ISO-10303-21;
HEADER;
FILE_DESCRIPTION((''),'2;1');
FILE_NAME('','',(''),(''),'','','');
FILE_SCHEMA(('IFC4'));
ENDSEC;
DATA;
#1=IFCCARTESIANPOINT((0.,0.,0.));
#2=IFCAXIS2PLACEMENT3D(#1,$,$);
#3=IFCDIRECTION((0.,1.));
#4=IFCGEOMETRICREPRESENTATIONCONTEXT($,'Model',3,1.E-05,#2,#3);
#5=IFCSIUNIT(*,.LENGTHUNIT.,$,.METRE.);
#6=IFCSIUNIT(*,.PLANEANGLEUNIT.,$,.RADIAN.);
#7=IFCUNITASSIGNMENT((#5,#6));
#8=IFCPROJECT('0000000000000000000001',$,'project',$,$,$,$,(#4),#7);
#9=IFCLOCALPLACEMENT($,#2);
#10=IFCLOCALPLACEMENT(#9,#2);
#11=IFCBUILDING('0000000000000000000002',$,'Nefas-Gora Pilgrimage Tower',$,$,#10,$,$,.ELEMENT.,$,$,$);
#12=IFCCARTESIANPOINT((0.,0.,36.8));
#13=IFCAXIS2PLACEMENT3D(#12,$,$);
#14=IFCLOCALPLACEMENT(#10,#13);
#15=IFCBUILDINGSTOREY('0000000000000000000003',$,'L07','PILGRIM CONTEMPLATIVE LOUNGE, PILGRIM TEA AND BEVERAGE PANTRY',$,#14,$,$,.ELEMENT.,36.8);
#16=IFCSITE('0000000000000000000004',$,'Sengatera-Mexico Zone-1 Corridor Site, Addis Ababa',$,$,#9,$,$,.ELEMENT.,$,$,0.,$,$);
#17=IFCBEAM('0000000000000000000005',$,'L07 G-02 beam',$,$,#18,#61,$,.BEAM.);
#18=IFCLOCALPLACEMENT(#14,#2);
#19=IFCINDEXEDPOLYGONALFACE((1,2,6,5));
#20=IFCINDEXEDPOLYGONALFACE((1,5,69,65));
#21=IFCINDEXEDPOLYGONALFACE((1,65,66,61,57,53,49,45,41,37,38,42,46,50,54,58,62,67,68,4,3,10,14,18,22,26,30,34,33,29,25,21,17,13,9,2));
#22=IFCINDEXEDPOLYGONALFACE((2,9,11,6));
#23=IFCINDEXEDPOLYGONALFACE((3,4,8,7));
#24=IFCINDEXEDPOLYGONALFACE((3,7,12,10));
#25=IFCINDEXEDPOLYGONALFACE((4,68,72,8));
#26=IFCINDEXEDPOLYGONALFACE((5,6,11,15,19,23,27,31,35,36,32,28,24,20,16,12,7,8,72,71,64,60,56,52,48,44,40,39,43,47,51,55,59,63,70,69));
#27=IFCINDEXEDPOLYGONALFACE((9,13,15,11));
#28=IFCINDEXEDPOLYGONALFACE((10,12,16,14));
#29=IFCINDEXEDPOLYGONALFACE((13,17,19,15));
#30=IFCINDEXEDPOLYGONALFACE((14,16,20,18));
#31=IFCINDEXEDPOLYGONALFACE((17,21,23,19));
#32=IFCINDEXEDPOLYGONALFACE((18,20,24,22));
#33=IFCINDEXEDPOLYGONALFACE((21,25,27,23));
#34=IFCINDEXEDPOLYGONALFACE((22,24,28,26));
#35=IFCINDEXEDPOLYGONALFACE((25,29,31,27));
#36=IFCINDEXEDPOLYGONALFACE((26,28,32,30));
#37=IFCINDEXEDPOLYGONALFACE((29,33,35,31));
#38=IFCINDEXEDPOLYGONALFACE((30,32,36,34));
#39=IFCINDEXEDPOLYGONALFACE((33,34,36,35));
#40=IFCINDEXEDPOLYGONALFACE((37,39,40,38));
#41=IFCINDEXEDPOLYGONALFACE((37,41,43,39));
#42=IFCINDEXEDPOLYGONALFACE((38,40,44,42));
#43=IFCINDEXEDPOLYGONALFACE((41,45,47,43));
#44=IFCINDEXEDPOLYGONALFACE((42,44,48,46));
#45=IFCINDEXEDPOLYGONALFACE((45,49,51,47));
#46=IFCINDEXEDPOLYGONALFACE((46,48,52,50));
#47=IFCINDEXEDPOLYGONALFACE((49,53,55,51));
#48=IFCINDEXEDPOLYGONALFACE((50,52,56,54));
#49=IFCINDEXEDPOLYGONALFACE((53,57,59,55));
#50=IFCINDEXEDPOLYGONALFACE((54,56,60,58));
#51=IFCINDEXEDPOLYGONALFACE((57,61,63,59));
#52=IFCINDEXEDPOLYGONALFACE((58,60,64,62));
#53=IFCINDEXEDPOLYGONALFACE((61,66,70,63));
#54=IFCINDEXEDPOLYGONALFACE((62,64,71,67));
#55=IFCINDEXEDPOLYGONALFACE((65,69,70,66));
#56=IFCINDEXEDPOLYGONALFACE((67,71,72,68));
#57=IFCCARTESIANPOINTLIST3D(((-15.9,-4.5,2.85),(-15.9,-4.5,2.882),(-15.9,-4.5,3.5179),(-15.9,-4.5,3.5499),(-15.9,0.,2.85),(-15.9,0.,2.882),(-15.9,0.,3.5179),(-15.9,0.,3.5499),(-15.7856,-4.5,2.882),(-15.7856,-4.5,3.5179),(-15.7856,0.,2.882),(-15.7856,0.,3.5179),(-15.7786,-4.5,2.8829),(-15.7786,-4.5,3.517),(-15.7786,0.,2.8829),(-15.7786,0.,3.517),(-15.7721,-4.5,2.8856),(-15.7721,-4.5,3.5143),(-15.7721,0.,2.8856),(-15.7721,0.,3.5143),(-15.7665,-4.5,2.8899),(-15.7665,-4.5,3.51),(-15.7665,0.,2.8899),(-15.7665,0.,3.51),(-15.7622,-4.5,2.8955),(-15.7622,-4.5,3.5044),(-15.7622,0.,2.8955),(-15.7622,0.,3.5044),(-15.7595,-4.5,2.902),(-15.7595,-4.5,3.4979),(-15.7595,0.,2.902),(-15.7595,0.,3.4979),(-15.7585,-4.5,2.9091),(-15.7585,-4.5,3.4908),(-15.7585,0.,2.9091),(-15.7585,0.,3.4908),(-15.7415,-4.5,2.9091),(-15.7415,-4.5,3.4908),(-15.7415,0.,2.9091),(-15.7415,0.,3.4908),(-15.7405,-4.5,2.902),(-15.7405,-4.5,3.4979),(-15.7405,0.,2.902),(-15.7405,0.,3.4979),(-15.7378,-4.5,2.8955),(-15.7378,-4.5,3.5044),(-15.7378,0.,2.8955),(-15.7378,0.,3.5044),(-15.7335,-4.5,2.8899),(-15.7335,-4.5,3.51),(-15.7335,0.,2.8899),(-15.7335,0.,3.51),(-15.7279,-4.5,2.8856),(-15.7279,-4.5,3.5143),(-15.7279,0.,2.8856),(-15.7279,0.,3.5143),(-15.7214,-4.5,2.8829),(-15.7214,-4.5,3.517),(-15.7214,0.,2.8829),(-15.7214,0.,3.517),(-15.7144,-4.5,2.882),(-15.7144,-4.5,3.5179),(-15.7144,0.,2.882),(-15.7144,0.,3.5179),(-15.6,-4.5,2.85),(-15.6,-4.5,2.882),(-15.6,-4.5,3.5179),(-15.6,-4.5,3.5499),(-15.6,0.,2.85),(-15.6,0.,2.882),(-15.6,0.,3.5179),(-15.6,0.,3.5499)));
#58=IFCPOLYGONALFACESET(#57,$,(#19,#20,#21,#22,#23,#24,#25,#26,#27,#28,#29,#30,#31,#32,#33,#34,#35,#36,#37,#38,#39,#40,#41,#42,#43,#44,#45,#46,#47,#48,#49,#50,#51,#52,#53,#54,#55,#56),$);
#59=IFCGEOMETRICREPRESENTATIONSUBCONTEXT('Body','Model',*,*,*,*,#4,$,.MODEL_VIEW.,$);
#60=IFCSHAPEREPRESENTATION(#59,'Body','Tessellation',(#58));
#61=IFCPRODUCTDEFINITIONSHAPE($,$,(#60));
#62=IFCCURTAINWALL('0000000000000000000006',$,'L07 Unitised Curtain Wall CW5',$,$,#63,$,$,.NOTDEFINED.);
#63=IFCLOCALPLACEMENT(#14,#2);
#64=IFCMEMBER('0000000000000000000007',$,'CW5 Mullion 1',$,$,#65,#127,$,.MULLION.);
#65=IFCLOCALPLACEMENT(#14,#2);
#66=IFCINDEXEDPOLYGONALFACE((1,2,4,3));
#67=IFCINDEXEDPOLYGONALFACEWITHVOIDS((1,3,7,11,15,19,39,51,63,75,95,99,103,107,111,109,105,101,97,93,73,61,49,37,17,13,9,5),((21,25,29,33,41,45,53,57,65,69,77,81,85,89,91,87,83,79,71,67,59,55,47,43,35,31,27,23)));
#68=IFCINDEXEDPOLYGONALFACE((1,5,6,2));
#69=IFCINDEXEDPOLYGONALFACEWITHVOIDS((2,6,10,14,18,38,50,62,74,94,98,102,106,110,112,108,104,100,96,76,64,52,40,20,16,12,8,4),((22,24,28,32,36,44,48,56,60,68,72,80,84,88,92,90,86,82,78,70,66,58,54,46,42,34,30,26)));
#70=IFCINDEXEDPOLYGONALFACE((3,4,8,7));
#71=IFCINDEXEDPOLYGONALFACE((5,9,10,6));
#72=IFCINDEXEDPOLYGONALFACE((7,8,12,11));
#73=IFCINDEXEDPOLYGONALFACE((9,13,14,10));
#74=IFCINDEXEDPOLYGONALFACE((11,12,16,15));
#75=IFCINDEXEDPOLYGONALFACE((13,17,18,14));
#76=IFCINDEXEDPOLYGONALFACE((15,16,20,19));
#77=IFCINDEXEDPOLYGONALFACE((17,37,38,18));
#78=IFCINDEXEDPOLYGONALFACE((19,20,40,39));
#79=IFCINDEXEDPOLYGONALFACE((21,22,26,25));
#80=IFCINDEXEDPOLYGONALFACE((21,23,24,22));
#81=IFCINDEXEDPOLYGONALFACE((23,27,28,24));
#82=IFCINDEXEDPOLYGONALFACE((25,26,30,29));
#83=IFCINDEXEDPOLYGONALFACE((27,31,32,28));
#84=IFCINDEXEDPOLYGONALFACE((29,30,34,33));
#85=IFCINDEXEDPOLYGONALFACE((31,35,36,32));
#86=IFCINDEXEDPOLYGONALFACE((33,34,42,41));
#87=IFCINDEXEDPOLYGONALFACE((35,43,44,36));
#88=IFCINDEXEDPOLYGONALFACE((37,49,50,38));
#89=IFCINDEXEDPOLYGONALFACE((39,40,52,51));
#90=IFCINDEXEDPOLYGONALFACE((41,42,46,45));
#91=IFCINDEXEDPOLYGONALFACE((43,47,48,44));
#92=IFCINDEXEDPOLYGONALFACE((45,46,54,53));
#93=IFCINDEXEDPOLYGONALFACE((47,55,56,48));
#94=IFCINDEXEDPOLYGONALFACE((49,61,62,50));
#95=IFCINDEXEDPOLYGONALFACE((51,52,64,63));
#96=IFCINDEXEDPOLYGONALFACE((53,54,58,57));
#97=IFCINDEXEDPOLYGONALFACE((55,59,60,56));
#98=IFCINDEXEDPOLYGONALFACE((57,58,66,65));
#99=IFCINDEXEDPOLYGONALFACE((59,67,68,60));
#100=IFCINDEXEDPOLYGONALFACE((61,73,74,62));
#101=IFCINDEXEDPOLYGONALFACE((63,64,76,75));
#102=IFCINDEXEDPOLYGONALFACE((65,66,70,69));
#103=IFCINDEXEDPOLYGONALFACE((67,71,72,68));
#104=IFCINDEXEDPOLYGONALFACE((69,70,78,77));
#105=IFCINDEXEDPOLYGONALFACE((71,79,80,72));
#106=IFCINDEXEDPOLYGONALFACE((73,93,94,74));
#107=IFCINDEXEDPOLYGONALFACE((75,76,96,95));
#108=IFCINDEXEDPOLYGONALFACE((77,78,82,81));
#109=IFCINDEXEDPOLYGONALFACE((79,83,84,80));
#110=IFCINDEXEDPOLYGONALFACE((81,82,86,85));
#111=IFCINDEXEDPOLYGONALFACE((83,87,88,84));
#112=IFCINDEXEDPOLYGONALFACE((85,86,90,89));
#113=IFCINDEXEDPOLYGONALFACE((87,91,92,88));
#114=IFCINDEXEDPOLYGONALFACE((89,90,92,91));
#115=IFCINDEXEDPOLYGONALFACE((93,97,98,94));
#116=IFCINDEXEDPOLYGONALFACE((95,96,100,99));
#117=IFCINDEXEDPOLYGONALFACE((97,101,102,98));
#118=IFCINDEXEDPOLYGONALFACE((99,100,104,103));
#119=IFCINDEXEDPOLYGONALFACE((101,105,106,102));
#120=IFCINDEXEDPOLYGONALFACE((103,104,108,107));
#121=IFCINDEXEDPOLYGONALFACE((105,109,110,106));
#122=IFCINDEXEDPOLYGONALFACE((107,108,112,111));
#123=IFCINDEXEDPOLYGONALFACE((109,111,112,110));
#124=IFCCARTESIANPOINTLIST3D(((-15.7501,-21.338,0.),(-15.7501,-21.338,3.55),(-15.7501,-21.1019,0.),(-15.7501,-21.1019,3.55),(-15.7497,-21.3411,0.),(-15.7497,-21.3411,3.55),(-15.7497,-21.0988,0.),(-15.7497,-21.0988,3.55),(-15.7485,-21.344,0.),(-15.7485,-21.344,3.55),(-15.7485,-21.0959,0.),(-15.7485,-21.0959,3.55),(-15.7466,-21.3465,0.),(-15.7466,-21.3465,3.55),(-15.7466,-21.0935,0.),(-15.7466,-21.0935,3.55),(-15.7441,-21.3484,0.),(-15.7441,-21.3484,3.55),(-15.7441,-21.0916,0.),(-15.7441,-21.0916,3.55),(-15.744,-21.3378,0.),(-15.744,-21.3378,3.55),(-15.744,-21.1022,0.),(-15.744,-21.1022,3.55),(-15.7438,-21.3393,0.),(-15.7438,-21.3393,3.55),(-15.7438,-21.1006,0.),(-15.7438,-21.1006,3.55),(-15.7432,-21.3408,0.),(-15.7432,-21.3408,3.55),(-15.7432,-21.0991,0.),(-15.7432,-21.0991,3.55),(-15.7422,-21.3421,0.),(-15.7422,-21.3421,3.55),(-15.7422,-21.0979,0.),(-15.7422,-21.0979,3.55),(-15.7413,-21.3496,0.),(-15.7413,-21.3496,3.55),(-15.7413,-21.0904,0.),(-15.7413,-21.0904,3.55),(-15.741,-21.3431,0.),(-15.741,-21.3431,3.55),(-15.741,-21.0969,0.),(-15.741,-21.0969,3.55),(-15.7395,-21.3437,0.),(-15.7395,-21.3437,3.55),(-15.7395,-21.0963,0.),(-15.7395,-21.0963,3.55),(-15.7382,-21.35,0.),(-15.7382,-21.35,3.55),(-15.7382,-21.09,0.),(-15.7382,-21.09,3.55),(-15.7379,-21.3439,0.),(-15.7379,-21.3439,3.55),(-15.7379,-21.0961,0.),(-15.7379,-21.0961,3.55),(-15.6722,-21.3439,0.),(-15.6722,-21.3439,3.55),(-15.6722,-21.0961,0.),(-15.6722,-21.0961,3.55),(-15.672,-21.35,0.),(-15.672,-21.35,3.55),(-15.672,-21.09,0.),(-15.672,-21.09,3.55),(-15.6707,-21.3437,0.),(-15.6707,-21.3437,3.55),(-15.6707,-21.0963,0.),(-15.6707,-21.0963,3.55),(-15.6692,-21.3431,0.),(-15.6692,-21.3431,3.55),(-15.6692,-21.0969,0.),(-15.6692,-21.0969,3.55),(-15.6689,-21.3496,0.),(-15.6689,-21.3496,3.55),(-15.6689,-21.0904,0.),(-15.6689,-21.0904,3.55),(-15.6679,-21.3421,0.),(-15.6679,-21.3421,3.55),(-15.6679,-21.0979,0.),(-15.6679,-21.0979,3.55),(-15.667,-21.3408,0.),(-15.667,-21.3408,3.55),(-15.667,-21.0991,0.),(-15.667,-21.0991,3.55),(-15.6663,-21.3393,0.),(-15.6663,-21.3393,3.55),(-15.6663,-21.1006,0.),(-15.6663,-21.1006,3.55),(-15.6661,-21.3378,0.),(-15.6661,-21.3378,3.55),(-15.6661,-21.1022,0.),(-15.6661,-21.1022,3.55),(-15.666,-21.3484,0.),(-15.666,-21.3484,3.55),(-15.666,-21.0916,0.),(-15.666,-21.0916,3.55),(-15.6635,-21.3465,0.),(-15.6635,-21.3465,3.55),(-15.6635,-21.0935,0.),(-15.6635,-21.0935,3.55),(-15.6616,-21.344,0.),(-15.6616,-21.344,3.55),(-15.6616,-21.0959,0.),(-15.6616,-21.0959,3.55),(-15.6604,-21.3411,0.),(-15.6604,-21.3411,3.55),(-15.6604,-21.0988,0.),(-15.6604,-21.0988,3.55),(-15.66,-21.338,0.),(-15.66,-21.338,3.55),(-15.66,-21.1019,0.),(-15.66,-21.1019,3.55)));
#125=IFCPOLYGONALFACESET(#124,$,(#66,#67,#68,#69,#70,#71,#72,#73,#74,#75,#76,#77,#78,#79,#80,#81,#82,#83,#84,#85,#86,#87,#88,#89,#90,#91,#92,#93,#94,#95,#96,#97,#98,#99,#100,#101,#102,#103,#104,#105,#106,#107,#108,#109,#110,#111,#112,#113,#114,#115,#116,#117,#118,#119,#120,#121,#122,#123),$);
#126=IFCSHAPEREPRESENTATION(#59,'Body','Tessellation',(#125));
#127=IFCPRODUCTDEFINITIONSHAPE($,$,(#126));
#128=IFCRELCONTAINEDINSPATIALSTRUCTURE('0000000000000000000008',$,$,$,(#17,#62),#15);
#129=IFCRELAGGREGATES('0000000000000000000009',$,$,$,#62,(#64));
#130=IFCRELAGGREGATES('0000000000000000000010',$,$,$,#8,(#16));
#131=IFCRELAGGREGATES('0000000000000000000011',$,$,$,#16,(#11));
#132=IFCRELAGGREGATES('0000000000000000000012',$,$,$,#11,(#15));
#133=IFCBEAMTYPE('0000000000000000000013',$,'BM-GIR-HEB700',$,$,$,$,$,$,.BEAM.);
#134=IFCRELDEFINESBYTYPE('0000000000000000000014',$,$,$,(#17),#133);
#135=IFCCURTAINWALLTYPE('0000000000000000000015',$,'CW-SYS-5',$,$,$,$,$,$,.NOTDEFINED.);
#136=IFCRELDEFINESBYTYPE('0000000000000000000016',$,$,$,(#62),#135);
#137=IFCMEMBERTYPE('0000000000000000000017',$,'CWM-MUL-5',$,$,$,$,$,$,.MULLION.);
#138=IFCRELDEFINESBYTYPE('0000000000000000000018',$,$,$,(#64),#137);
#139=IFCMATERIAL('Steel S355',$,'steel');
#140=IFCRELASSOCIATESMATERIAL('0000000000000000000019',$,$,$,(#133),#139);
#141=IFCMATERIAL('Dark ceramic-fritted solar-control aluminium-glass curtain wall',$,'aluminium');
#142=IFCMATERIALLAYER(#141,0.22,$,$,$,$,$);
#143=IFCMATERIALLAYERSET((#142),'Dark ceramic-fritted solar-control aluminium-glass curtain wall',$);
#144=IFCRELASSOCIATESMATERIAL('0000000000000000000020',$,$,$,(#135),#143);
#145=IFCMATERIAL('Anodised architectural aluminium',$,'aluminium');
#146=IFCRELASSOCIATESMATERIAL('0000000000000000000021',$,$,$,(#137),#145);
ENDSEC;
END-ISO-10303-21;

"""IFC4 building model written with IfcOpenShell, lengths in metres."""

from ifc_helpers import new_model, si_unit, direction, frame, origin, origin_2d, place, context, subcontext, project, spatial, hollow_rectangle, i_section, extrude, source, transform, mapped, material, layer, layer_set, material_profile, profile_set, type_object, element, aggregate, save


model = new_model("IFC4")

# Units and contexts
model_context = context("Model", 3, precision=1e-05, world=origin(), true_north=direction((0.0, 1.0)))
body_context = subcontext(model_context, "Body", "Model", "MODEL_VIEW")
ifc_project = project(units=[si_unit("LENGTHUNIT", "METRE"), si_unit("PLANEANGLEUNIT", "RADIAN")], contexts=[model_context])

# Site, building, storey
site_placement = place(None, origin())
site = spatial("IfcSite", under=ifc_project, at=site_placement, Name="Sengatera-Mexico Zone-1 Corridor Site, Addis Ababa", CompositionType="ELEMENT", RefElevation=0.0)
building_placement = place(site_placement, origin())
building = spatial("IfcBuilding", under=site, at=building_placement, Name="Nefas-Gora Pilgrimage Tower", CompositionType="ELEMENT")
storey_placement = place(building_placement, frame((0.0, 0.0, 36.8)))
storey = spatial("IfcBuildingStorey", under=building, at=storey_placement, Name="L07", Description="PILGRIM CONTEMPLATIVE LOUNGE, PILGRIM TEA AND BEVERAGE PANTRY", CompositionType="ELEMENT", Elevation=36.8)

# Beam
ifc_material_1 = material(Name="Steel S355", Category="steel")
ifc_material_profile_1 = material_profile(ifc_material_1, i_section(OverallWidth=0.3, OverallDepth=0.7, WebThickness=0.0171, FlangeThickness=0.032, FilletRadius=0.0271, at=origin_2d()), Name="HEB 700")
ifc_profile_set_1 = profile_set([ifc_material_profile_1], Name="Steel S355")
beam_type = type_object("IfcBeamType", Name="BM-GIR-HEB700", PredefinedType="BEAM", material=ifc_profile_set_1)
shared_shape_1 = source(origin(), body_context, "Body", "SweptSolid", [
    extrude(i_section(OverallWidth=0.3, OverallDepth=0.7, WebThickness=0.0171, FlangeThickness=0.032, FilletRadius=0.0271, at=origin_2d()), origin(), (0.0, 0.0, 1.0), 4.5),
])
for number, where, z_axis, x_axis, name in (
    (1, (-15.75, -4.5, 3.2), (0.0, 1.0, 0.0), (-1.0, 0.0, 0.0), "L07 G-02 beam"),
):
    element("IfcBeam", number, at=place(storey_placement, frame(where, z_axis=z_axis, x_axis=x_axis)), inside=storey, type_object=beam_type, Name=name, PredefinedType="BEAM", context=body_context, shape_type="MappedRepresentation", body=[
        mapped(shared_shape_1, transform((0.0, 0.0, 0.0), x_axis=(1.0, 0.0, 0.0), y_axis=(0.0, 1.0, 0.0), z_axis=(0.0, 0.0, 1.0), scale=1.0)),
    ])

# Curtain wall, member
ifc_material_2 = material(Name="Dark ceramic-fritted solar-control aluminium-glass curtain wall", Category="aluminium")
ifc_layer_1 = layer(ifc_material_2, 0.22)
ifc_layer_set_1 = layer_set([ifc_layer_1], Name="Dark ceramic-fritted solar-control aluminium-glass curtain wall")
curtain_wall_type_1 = type_object("IfcCurtainWallType", Name="CW-SYS-5", PredefinedType="NOTDEFINED", material=ifc_layer_set_1)
curtain_wall_1_placement = place(storey_placement, origin())
curtain_wall_1 = element("IfcCurtainWall", 2, at=curtain_wall_1_placement, inside=storey, type_object=curtain_wall_type_1, Name="L07 Unitised Curtain Wall CW5", PredefinedType="NOTDEFINED")
ifc_material_3 = material(Name="Anodised architectural aluminium", Category="aluminium")
ifc_material_profile_2 = material_profile(ifc_material_3, hollow_rectangle(XDim=0.0901, YDim=0.26, WallThickness=0.0061, InnerFilletRadius=0.0061, OuterFilletRadius=0.012, at=origin_2d()), Name="ALU MULLION 90x260")
ifc_profile_set_2 = profile_set([ifc_material_profile_2], Name="Anodised architectural aluminium")
member_type_1 = type_object("IfcMemberType", Name="CWM-MUL-5", PredefinedType="MULLION", material=ifc_profile_set_2)
shared_shape_2 = source(origin(), body_context, "Body", "SweptSolid", [
    extrude(hollow_rectangle(XDim=0.0901, YDim=0.26, WallThickness=0.0061, InnerFilletRadius=0.0061, OuterFilletRadius=0.012, at=origin_2d()), origin(), (0.0, 0.0, 1.0), 3.55),
])
member_1_placement = place(storey_placement, frame((-15.7051, -21.22, 0.0), z_axis=(0.0, 0.0, 1.0), x_axis=(1.0, 0.0, 0.0)))
member_1 = element("IfcMember", 3, at=member_1_placement, type_object=member_type_1, Name="CW5 Mullion 1", PredefinedType="MULLION", context=body_context, shape_type="MappedRepresentation", body=[
    mapped(shared_shape_2, transform((0.0, 0.0, 0.0), x_axis=(1.0, 0.0, 0.0), y_axis=(0.0, 1.0, 0.0), z_axis=(0.0, 0.0, 1.0), scale=1.0)),
])

aggregate(curtain_wall_1, [member_1])

save(model, "model.ifc")
